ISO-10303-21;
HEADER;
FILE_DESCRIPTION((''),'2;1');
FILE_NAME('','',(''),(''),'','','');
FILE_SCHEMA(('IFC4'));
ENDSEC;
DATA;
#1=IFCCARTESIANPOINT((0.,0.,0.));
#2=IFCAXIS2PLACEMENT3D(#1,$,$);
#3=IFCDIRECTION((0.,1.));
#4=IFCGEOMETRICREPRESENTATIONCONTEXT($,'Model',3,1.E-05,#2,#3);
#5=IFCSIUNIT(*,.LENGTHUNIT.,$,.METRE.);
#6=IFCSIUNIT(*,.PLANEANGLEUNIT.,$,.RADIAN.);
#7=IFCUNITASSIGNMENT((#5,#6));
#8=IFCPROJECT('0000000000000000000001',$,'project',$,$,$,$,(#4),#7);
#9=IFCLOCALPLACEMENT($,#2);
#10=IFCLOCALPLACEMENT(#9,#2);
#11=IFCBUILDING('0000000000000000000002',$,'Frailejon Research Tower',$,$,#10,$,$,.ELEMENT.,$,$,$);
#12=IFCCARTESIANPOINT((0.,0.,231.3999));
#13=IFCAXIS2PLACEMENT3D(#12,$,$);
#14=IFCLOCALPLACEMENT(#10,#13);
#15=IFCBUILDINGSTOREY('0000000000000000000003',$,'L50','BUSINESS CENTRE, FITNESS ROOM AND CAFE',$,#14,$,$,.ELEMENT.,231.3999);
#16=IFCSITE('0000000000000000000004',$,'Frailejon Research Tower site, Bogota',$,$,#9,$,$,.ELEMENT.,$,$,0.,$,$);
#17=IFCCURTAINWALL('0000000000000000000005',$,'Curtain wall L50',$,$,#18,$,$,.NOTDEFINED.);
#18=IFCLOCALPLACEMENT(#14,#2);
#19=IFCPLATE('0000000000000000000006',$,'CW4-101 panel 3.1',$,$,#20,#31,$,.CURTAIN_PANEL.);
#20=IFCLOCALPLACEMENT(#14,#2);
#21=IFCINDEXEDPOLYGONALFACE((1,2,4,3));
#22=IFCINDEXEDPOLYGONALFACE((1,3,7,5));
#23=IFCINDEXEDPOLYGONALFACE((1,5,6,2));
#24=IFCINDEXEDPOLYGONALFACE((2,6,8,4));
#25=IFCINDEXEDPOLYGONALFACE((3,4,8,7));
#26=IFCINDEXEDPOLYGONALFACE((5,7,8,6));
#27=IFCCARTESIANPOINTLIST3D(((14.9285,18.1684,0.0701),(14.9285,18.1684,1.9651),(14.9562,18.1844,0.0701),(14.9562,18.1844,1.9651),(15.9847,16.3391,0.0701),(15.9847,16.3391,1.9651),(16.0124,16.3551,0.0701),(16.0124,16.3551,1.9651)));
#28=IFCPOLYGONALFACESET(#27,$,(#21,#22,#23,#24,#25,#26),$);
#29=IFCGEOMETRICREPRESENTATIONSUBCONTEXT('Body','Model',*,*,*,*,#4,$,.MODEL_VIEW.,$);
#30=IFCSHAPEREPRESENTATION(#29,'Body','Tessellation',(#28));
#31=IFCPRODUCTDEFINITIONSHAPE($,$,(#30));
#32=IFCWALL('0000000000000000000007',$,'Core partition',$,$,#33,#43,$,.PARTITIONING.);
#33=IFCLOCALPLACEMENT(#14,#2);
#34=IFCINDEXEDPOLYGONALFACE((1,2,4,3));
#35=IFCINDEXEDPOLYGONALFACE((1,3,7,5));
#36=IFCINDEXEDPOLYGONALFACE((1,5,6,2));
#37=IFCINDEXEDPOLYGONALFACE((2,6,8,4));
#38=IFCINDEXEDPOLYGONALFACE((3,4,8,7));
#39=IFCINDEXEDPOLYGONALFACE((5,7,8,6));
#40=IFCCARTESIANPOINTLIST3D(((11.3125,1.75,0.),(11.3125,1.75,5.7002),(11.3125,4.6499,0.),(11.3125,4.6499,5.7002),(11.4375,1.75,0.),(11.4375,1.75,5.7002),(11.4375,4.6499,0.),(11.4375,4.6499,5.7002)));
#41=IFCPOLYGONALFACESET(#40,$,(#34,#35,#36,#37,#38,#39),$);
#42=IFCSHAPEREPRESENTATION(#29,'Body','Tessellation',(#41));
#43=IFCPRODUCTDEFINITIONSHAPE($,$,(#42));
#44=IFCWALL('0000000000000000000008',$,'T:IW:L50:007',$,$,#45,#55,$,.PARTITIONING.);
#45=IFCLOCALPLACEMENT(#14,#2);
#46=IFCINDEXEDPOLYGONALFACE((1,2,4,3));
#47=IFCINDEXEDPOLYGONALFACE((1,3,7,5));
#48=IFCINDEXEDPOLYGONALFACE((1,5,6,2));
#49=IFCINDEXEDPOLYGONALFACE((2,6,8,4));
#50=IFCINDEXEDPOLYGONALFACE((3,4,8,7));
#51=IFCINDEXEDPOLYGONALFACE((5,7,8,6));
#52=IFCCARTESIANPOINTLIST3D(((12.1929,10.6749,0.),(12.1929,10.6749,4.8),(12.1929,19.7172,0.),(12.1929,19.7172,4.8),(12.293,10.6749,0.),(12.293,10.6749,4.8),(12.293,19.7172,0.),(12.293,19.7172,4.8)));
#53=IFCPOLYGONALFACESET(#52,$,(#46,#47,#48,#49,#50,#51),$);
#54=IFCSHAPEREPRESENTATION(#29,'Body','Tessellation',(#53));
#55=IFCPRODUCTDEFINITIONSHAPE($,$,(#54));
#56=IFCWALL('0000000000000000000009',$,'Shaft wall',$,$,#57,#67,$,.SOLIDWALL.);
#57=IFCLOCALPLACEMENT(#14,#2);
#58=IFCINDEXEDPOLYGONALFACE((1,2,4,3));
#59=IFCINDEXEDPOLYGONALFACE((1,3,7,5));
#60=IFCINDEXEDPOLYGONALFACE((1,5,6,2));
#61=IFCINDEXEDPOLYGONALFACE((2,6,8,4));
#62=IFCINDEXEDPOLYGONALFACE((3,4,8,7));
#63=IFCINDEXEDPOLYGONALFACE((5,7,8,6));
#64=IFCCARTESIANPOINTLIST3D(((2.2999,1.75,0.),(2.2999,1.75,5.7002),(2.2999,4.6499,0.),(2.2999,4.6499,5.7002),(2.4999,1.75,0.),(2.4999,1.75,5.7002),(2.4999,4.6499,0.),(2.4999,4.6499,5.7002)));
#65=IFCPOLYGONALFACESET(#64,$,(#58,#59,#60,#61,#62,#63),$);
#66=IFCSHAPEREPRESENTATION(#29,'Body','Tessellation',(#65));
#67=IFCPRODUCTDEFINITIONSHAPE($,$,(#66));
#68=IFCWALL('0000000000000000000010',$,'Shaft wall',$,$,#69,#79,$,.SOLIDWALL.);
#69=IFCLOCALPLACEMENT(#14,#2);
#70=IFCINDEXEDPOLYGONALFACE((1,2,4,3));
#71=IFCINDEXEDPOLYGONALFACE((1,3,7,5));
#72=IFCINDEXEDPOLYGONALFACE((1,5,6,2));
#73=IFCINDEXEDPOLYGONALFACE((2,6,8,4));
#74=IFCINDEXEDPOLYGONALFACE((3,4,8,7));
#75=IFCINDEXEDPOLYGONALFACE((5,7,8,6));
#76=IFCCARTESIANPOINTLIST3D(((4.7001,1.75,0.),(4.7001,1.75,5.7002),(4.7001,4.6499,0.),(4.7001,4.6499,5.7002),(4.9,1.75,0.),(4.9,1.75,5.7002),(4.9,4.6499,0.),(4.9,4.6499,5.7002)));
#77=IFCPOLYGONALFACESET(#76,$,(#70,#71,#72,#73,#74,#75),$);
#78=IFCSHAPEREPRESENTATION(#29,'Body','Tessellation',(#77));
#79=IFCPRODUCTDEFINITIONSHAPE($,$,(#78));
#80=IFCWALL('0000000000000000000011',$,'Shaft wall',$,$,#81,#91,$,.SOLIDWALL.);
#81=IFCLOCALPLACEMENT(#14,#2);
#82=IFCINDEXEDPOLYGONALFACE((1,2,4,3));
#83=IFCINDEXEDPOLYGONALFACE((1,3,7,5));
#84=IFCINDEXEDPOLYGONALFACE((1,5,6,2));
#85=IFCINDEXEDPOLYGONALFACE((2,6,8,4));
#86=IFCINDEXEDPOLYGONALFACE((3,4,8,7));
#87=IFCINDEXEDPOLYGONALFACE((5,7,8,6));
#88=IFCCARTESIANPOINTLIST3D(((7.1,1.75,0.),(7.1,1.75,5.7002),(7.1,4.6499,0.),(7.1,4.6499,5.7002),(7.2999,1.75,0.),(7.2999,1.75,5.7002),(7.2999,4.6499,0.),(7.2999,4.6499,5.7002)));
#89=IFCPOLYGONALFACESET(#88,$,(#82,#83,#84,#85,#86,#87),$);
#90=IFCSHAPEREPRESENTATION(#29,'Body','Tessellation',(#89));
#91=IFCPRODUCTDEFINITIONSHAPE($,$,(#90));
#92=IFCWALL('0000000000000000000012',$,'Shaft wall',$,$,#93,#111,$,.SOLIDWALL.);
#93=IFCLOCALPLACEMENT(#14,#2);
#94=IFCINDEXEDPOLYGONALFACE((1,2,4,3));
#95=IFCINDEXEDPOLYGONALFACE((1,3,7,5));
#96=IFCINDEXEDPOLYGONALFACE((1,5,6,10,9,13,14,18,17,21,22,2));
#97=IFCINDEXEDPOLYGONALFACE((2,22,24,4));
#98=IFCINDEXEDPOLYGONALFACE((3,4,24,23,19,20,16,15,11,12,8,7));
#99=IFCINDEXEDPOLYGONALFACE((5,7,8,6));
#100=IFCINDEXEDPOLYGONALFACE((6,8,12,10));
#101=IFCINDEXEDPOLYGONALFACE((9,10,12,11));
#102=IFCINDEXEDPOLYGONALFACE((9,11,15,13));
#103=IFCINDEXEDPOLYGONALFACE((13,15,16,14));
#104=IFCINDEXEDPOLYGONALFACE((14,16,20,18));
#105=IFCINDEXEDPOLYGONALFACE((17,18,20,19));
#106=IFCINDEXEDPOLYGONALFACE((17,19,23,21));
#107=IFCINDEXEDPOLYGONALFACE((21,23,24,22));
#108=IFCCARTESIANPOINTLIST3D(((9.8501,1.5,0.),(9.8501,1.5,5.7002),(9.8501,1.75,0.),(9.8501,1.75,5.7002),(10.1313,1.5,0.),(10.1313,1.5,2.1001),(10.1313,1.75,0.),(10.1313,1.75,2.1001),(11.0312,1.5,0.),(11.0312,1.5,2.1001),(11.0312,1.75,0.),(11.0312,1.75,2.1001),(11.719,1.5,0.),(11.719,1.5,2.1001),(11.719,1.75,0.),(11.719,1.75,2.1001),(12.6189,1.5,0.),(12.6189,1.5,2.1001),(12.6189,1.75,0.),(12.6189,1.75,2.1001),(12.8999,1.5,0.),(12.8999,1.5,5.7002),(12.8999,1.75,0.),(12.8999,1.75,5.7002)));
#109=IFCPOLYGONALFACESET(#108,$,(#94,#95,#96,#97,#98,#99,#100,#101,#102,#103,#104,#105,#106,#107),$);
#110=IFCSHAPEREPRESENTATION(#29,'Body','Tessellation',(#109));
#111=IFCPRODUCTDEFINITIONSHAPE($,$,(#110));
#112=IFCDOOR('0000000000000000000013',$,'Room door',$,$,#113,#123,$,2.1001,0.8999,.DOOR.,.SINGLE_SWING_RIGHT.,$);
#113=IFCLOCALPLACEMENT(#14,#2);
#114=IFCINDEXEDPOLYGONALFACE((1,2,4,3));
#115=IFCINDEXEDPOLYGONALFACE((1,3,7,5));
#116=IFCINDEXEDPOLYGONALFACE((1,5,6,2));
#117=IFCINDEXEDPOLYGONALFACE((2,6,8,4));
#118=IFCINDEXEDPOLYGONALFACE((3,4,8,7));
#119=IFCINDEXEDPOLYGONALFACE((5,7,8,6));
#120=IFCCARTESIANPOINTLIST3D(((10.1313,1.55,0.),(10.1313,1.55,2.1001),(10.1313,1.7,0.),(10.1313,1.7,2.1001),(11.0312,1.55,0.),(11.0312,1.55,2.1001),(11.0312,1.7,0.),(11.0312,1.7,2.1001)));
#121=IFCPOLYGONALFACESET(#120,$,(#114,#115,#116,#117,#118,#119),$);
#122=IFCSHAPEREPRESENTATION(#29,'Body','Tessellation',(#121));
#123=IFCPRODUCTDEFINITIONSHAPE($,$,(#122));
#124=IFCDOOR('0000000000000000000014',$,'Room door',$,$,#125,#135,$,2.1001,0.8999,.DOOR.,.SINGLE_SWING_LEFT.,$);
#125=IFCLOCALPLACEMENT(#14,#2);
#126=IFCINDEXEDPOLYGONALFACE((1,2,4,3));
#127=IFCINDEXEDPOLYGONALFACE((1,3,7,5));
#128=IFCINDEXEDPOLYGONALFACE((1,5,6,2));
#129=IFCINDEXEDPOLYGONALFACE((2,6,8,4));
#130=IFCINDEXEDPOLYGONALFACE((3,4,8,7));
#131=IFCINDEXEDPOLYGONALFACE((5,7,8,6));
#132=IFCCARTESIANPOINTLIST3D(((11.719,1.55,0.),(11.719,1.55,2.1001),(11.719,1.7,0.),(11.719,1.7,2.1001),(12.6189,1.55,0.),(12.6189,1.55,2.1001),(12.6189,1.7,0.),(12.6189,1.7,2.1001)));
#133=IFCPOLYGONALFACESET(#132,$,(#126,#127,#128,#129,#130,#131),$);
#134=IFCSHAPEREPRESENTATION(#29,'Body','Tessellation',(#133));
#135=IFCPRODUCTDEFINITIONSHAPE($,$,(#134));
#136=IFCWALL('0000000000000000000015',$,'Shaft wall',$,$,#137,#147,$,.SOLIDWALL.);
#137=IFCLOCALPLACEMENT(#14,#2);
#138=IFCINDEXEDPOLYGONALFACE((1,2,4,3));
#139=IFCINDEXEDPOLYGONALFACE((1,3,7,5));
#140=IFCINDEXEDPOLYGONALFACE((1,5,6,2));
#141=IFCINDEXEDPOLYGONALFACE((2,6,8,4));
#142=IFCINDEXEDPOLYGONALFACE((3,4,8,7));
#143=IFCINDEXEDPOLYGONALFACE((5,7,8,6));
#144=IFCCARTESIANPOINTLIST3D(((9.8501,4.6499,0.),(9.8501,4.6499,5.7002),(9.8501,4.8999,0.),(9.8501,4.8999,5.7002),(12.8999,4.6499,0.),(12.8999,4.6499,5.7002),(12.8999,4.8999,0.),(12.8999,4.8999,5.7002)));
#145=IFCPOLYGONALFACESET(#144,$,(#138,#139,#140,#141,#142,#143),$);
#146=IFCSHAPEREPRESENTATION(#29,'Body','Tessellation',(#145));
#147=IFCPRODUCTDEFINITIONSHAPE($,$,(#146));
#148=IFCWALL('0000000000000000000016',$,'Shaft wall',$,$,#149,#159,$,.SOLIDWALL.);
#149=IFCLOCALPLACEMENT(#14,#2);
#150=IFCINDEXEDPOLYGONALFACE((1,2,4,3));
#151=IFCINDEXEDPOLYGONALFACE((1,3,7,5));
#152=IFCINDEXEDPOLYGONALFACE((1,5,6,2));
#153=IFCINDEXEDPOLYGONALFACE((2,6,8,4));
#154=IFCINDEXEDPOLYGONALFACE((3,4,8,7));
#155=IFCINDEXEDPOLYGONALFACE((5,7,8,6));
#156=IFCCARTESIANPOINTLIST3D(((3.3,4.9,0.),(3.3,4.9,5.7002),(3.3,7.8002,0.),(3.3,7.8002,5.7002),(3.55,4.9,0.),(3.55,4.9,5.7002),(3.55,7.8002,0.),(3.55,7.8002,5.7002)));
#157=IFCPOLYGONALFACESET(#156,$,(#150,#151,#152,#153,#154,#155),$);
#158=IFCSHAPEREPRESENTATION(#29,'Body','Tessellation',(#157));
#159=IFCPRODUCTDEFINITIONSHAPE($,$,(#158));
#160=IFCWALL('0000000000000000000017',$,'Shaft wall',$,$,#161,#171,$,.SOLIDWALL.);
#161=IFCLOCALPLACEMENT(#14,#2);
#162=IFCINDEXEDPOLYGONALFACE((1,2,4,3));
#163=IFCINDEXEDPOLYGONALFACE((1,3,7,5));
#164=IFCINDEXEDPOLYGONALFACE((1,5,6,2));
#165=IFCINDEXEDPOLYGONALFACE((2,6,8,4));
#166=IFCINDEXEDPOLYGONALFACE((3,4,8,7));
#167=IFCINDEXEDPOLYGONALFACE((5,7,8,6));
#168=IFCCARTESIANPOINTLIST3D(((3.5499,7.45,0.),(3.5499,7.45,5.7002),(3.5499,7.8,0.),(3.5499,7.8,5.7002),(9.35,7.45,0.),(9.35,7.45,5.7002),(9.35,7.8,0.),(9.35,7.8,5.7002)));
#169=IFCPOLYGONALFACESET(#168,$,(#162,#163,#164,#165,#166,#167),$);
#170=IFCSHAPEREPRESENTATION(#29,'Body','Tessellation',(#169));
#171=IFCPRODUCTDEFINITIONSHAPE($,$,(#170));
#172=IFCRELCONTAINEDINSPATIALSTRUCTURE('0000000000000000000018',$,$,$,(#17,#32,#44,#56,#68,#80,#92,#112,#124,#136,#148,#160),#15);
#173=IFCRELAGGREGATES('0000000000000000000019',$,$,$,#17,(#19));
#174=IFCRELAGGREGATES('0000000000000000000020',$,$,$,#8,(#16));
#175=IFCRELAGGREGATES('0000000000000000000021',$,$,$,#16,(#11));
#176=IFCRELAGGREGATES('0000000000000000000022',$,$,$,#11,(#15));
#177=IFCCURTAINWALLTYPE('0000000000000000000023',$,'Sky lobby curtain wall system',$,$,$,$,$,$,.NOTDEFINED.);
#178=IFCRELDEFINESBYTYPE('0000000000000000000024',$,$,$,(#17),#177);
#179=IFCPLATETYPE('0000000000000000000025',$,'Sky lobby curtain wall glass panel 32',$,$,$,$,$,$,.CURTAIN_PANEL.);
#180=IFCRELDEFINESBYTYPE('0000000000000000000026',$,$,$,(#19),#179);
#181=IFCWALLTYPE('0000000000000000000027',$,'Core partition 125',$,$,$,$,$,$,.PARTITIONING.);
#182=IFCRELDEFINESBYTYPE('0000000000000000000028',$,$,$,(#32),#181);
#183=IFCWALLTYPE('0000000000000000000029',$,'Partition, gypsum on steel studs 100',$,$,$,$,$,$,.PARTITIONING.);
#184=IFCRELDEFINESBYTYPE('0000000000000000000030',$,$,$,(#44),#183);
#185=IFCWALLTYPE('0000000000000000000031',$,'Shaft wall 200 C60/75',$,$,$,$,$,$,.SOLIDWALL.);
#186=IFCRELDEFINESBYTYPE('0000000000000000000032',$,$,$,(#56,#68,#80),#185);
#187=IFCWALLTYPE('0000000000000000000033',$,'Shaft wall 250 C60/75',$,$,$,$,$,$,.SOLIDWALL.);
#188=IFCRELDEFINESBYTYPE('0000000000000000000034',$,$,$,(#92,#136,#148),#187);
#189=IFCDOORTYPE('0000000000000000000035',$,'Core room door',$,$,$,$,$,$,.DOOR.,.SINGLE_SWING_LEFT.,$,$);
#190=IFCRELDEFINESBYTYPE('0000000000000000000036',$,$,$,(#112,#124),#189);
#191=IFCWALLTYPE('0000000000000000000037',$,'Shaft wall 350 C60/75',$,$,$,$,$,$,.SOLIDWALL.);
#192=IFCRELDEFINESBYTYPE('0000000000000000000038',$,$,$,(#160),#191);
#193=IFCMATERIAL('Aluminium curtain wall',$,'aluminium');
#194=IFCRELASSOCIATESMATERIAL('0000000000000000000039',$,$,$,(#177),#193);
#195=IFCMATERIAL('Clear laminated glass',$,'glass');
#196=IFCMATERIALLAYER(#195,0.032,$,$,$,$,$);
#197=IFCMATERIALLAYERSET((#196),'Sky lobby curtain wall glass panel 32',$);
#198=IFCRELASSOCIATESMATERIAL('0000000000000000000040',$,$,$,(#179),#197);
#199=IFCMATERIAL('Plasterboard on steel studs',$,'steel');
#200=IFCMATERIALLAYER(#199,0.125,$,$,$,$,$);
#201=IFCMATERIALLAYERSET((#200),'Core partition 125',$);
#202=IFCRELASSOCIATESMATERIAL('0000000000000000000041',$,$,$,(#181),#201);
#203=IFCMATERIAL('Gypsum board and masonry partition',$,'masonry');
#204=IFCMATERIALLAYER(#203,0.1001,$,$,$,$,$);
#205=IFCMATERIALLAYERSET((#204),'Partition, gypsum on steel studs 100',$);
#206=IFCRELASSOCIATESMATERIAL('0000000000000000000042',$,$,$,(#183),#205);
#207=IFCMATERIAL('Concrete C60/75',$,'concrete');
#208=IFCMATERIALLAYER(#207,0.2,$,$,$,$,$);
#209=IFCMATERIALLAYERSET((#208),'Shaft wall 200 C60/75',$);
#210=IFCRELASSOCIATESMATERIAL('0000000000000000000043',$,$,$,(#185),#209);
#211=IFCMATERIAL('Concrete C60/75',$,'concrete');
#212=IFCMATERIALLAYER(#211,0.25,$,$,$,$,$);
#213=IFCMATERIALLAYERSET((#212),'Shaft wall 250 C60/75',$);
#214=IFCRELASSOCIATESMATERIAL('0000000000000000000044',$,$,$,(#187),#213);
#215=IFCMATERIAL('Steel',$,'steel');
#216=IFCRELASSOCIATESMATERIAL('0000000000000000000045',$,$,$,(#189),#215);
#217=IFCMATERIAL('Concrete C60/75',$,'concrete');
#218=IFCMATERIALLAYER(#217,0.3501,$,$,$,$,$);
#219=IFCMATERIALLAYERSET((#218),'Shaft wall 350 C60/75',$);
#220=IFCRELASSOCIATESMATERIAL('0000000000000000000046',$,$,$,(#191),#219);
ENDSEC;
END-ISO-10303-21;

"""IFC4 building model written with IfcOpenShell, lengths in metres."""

from ifc_helpers import new_model, si_unit, direction, frame, frame_2d, origin, origin_2d, place, context, subcontext, project, spatial, rectangle, extrude, material, layer, layer_set, type_object, element, fill, aggregate, save


model = new_model("IFC4")

# Units and contexts
model_context = context("Model", 3, precision=1e-05, world=origin(), true_north=direction((0.0, 1.0)))
body_context = subcontext(model_context, "Body", "Model", "MODEL_VIEW")
ifc_project = project(units=[si_unit("LENGTHUNIT", "METRE"), si_unit("PLANEANGLEUNIT", "RADIAN")], contexts=[model_context])

# Site, building, storey
site_placement = place(None, origin())
site = spatial("IfcSite", under=ifc_project, at=site_placement, Name="Frailejon Research Tower site, Bogota", CompositionType="ELEMENT", RefElevation=0.0)
building_placement = place(site_placement, origin())
building = spatial("IfcBuilding", under=site, at=building_placement, Name="Frailejon Research Tower", CompositionType="ELEMENT")
storey_placement = place(building_placement, frame((0.0, 0.0, 231.3999)))
storey = spatial("IfcBuildingStorey", under=building, at=storey_placement, Name="L50", Description="BUSINESS CENTRE, FITNESS ROOM AND CAFE", CompositionType="ELEMENT", Elevation=231.3999)

# Curtain wall, plate
ifc_material_1 = material(Name="Aluminium curtain wall", Category="aluminium")
curtain_wall_type = type_object("IfcCurtainWallType", Name="Sky lobby curtain wall system", PredefinedType="NOTDEFINED", material=ifc_material_1)
curtain_wall_placement = place(storey_placement, origin())
curtain_wall = element("IfcCurtainWall", 1, at=curtain_wall_placement, inside=storey, type_object=curtain_wall_type, Name="Curtain wall L50", PredefinedType="NOTDEFINED")
ifc_material_2 = material(Name="Clear laminated glass", Category="glass")
ifc_layer_1 = layer(ifc_material_2, 0.032)
ifc_layer_set_1 = layer_set([ifc_layer_1], Name="Sky lobby curtain wall glass panel 32")
plate_type = type_object("IfcPlateType", Name="Sky lobby curtain wall glass panel 32", PredefinedType="CURTAIN_PANEL", material=ifc_layer_set_1)
plate_placement = place(storey_placement, frame((15.4705, 17.2617, 0.0701), z_axis=(0.0, 0.0, 1.0), x_axis=(-0.5, 0.866025, 0.0)))
plate = element("IfcPlate", 2, at=plate_placement, type_object=plate_type, Name="CW4-101 panel 3.1", PredefinedType="CURTAIN_PANEL", context=body_context, shape_type="SweptSolid", body=[
    extrude(rectangle(XDim=2.1123, YDim=0.032, at=origin_2d()), origin(), (0.0, 0.0, 1.0), 1.895),
])
aggregate(curtain_wall, [plate])

# Walls
ifc_material_3 = material(Name="Plasterboard on steel studs", Category="steel")
ifc_layer_2 = layer(ifc_material_3, 0.125)
ifc_layer_set_2 = layer_set([ifc_layer_2], Name="Core partition 125")
wall_type_1 = type_object("IfcWallType", Name="Core partition 125", PredefinedType="PARTITIONING", material=ifc_layer_set_2)
wall_1_placement = place(storey_placement, frame((11.375, 1.75, 0.0), z_axis=(0.0, 0.0, 1.0), x_axis=(0.0, 1.0, 0.0)))
element("IfcWall", 3, at=wall_1_placement, inside=storey, type_object=wall_type_1, Name="Core partition", PredefinedType="PARTITIONING", context=body_context, shape_type="SweptSolid", body=[
    extrude(rectangle(XDim=2.8999, YDim=0.125, at=frame_2d((1.45, 0.0))), origin(), (0.0, 0.0, 1.0), 5.7002),
])
ifc_material_4 = material(Name="Gypsum board and masonry partition", Category="masonry")
ifc_layer_3 = layer(ifc_material_4, 0.1001)
ifc_layer_set_3 = layer_set([ifc_layer_3], Name="Partition, gypsum on steel studs 100")
wall_type_2 = type_object("IfcWallType", Name="Partition, gypsum on steel studs 100", PredefinedType="PARTITIONING", material=ifc_layer_set_3)
wall_2_placement = place(storey_placement, frame((12.2429, 10.675, 0.0), z_axis=(0.0, 0.0, 1.0), x_axis=(0.0, 1.0, 0.0)))
element("IfcWall", 4, at=wall_2_placement, inside=storey, type_object=wall_type_2, Name="T:IW:L50:007", PredefinedType="PARTITIONING", context=body_context, shape_type="SweptSolid", body=[
    extrude(rectangle(XDim=9.0422, YDim=0.1001, at=frame_2d((4.521, 0.0))), origin(), (0.0, 0.0, 1.0), 4.8),
])
ifc_material_5 = material(Name="Concrete C60/75", Category="concrete")
ifc_layer_4 = layer(ifc_material_5, 0.2)
ifc_layer_set_4 = layer_set([ifc_layer_4], Name="Shaft wall 200 C60/75")
wall_type_3 = type_object("IfcWallType", Name="Shaft wall 200 C60/75", PredefinedType="SOLIDWALL", material=ifc_layer_set_4)
for number, where, z_axis, x_axis, name in (
    (5, (2.3999, 1.75, 0.0), (0.0, 0.0, 1.0), (0.0, 1.0, 0.0), "Shaft wall"),
    (6, (4.8, 1.75, 0.0), (0.0, 0.0, 1.0), (0.0, 1.0, 0.0), "Shaft wall"),
    (7, (7.2, 1.75, 0.0), (0.0, 0.0, 1.0), (0.0, 1.0, 0.0), "Shaft wall"),
):
    element("IfcWall", number, at=place(storey_placement, frame(where, z_axis=z_axis, x_axis=x_axis)), inside=storey, type_object=wall_type_3, Name=name, PredefinedType="SOLIDWALL", context=body_context, shape_type="SweptSolid", body=[
        extrude(rectangle(XDim=2.8999, YDim=0.2, at=frame_2d((1.45, 0.0))), origin(), (0.0, 0.0, 1.0), 5.7002),
    ])

# Wall, openings, doors
ifc_material_6 = material(Name="Concrete C60/75", Category="concrete")
ifc_layer_5 = layer(ifc_material_6, 0.25)
ifc_layer_set_5 = layer_set([ifc_layer_5], Name="Shaft wall 250 C60/75")
wall_type_4 = type_object("IfcWallType", Name="Shaft wall 250 C60/75", PredefinedType="SOLIDWALL", material=ifc_layer_set_5)
wall_3_placement = place(storey_placement, frame((9.8501, 1.625, 0.0), z_axis=(0.0, 0.0, 1.0), x_axis=(1.0, 0.0, 0.0)))
wall_3 = element("IfcWall", 8, at=wall_3_placement, inside=storey, type_object=wall_type_4, Name="Shaft wall", PredefinedType="SOLIDWALL", context=body_context, shape_type="SweptSolid", body=[
    extrude(rectangle(XDim=3.0498, YDim=0.25, at=frame_2d((1.5249, 0.0))), origin(), (0.0, 0.0, 1.0), 5.7002),
])
opening_1_placement = place(wall_3_placement, frame((0.2812, 0.0, 0.0)))
opening_1 = element("IfcOpeningElement", 9, at=opening_1_placement, cuts=wall_3, PredefinedType="OPENING", context=body_context, shape_type="SweptSolid", body=[
    extrude(rectangle(XDim=0.8999, YDim=2.1001, at=frame_2d((0.45, 1.05))), frame((0.0, 0.135, 0.0), z_axis=(0.0, -1.0, 0.0), x_axis=(1.0, 0.0, 0.0)), (0.0, 0.0, 1.0), 0.27),
])
opening_2_placement = place(wall_3_placement, frame((1.8689, 0.0, 0.0)))
opening_2 = element("IfcOpeningElement", 10, at=opening_2_placement, cuts=wall_3, PredefinedType="OPENING", context=body_context, shape_type="SweptSolid", body=[
    extrude(rectangle(XDim=0.8999, YDim=2.1001, at=frame_2d((0.45, 1.05))), frame((0.0, 0.135, 0.0), z_axis=(0.0, -1.0, 0.0), x_axis=(1.0, 0.0, 0.0)), (0.0, 0.0, 1.0), 0.27),
])
ifc_material_7 = material(Name="Steel", Category="steel")
door_type = type_object("IfcDoorType", Name="Core room door", OperationType="SINGLE_SWING_LEFT", PredefinedType="DOOR", material=ifc_material_7)
door_1_placement = place(opening_1_placement, origin())
door_1 = element("IfcDoor", 11, at=door_1_placement, inside=storey, type_object=door_type, Name="Room door", OperationType="SINGLE_SWING_RIGHT", OverallHeight=2.1001, OverallWidth=0.8999, PredefinedType="DOOR", context=body_context, shape_type="SweptSolid", body=[
    extrude(rectangle(XDim=0.8999, YDim=2.1001, at=frame_2d((0.45, 1.05))), frame((0.0, 0.075, 0.0), z_axis=(0.0, -1.0, 0.0), x_axis=(1.0, 0.0, 0.0)), (0.0, 0.0, 1.0), 0.1499),
])
fill(opening_1, door_1)
door_2_placement = place(opening_2_placement, origin())
door_2 = element("IfcDoor", 12, at=door_2_placement, inside=storey, type_object=door_type, Name="Room door", OperationType="SINGLE_SWING_LEFT", OverallHeight=2.1001, OverallWidth=0.8999, PredefinedType="DOOR", context=body_context, shape_type="SweptSolid", body=[
    extrude(rectangle(XDim=0.8999, YDim=2.1001, at=frame_2d((0.45, 1.05))), frame((0.0, 0.075, 0.0), z_axis=(0.0, -1.0, 0.0), x_axis=(1.0, 0.0, 0.0)), (0.0, 0.0, 1.0), 0.1499),
])
fill(opening_2, door_2)

# Walls
wall_4_placement = place(storey_placement, frame((9.8501, 4.7749, 0.0), z_axis=(0.0, 0.0, 1.0), x_axis=(1.0, 0.0, 0.0)))
element("IfcWall", 13, at=wall_4_placement, inside=storey, type_object=wall_type_4, Name="Shaft wall", PredefinedType="SOLIDWALL", context=body_context, shape_type="SweptSolid", body=[
    extrude(rectangle(XDim=3.0498, YDim=0.25, at=frame_2d((1.5249, 0.0))), origin(), (0.0, 0.0, 1.0), 5.7002),
])
wall_5_placement = place(storey_placement, frame((3.425, 4.8999, 0.0), z_axis=(0.0, 0.0, 1.0), x_axis=(0.0, 1.0, 0.0)))
element("IfcWall", 14, at=wall_5_placement, inside=storey, type_object=wall_type_4, Name="Shaft wall", PredefinedType="SOLIDWALL", context=body_context, shape_type="SweptSolid", body=[
    extrude(rectangle(XDim=2.9001, YDim=0.25, at=frame_2d((1.4502, 0.0))), origin(), (0.0, 0.0, 1.0), 5.7002),
])
ifc_material_8 = material(Name="Concrete C60/75", Category="concrete")
ifc_layer_6 = layer(ifc_material_8, 0.3501)
ifc_layer_set_6 = layer_set([ifc_layer_6], Name="Shaft wall 350 C60/75")
wall_type_5 = type_object("IfcWallType", Name="Shaft wall 350 C60/75", PredefinedType="SOLIDWALL", material=ifc_layer_set_6)
wall_6_placement = place(storey_placement, frame((3.55, 7.625, 0.0), z_axis=(0.0, 0.0, 1.0), x_axis=(1.0, 0.0, 0.0)))
element("IfcWall", 15, at=wall_6_placement, inside=storey, type_object=wall_type_5, Name="Shaft wall", PredefinedType="SOLIDWALL", context=body_context, shape_type="SweptSolid", body=[
    extrude(rectangle(XDim=5.8, YDim=0.3501, at=frame_2d((2.8999, 0.0))), origin(), (0.0, 0.0, 1.0), 5.7002),
])

save(model, "model.ifc")
